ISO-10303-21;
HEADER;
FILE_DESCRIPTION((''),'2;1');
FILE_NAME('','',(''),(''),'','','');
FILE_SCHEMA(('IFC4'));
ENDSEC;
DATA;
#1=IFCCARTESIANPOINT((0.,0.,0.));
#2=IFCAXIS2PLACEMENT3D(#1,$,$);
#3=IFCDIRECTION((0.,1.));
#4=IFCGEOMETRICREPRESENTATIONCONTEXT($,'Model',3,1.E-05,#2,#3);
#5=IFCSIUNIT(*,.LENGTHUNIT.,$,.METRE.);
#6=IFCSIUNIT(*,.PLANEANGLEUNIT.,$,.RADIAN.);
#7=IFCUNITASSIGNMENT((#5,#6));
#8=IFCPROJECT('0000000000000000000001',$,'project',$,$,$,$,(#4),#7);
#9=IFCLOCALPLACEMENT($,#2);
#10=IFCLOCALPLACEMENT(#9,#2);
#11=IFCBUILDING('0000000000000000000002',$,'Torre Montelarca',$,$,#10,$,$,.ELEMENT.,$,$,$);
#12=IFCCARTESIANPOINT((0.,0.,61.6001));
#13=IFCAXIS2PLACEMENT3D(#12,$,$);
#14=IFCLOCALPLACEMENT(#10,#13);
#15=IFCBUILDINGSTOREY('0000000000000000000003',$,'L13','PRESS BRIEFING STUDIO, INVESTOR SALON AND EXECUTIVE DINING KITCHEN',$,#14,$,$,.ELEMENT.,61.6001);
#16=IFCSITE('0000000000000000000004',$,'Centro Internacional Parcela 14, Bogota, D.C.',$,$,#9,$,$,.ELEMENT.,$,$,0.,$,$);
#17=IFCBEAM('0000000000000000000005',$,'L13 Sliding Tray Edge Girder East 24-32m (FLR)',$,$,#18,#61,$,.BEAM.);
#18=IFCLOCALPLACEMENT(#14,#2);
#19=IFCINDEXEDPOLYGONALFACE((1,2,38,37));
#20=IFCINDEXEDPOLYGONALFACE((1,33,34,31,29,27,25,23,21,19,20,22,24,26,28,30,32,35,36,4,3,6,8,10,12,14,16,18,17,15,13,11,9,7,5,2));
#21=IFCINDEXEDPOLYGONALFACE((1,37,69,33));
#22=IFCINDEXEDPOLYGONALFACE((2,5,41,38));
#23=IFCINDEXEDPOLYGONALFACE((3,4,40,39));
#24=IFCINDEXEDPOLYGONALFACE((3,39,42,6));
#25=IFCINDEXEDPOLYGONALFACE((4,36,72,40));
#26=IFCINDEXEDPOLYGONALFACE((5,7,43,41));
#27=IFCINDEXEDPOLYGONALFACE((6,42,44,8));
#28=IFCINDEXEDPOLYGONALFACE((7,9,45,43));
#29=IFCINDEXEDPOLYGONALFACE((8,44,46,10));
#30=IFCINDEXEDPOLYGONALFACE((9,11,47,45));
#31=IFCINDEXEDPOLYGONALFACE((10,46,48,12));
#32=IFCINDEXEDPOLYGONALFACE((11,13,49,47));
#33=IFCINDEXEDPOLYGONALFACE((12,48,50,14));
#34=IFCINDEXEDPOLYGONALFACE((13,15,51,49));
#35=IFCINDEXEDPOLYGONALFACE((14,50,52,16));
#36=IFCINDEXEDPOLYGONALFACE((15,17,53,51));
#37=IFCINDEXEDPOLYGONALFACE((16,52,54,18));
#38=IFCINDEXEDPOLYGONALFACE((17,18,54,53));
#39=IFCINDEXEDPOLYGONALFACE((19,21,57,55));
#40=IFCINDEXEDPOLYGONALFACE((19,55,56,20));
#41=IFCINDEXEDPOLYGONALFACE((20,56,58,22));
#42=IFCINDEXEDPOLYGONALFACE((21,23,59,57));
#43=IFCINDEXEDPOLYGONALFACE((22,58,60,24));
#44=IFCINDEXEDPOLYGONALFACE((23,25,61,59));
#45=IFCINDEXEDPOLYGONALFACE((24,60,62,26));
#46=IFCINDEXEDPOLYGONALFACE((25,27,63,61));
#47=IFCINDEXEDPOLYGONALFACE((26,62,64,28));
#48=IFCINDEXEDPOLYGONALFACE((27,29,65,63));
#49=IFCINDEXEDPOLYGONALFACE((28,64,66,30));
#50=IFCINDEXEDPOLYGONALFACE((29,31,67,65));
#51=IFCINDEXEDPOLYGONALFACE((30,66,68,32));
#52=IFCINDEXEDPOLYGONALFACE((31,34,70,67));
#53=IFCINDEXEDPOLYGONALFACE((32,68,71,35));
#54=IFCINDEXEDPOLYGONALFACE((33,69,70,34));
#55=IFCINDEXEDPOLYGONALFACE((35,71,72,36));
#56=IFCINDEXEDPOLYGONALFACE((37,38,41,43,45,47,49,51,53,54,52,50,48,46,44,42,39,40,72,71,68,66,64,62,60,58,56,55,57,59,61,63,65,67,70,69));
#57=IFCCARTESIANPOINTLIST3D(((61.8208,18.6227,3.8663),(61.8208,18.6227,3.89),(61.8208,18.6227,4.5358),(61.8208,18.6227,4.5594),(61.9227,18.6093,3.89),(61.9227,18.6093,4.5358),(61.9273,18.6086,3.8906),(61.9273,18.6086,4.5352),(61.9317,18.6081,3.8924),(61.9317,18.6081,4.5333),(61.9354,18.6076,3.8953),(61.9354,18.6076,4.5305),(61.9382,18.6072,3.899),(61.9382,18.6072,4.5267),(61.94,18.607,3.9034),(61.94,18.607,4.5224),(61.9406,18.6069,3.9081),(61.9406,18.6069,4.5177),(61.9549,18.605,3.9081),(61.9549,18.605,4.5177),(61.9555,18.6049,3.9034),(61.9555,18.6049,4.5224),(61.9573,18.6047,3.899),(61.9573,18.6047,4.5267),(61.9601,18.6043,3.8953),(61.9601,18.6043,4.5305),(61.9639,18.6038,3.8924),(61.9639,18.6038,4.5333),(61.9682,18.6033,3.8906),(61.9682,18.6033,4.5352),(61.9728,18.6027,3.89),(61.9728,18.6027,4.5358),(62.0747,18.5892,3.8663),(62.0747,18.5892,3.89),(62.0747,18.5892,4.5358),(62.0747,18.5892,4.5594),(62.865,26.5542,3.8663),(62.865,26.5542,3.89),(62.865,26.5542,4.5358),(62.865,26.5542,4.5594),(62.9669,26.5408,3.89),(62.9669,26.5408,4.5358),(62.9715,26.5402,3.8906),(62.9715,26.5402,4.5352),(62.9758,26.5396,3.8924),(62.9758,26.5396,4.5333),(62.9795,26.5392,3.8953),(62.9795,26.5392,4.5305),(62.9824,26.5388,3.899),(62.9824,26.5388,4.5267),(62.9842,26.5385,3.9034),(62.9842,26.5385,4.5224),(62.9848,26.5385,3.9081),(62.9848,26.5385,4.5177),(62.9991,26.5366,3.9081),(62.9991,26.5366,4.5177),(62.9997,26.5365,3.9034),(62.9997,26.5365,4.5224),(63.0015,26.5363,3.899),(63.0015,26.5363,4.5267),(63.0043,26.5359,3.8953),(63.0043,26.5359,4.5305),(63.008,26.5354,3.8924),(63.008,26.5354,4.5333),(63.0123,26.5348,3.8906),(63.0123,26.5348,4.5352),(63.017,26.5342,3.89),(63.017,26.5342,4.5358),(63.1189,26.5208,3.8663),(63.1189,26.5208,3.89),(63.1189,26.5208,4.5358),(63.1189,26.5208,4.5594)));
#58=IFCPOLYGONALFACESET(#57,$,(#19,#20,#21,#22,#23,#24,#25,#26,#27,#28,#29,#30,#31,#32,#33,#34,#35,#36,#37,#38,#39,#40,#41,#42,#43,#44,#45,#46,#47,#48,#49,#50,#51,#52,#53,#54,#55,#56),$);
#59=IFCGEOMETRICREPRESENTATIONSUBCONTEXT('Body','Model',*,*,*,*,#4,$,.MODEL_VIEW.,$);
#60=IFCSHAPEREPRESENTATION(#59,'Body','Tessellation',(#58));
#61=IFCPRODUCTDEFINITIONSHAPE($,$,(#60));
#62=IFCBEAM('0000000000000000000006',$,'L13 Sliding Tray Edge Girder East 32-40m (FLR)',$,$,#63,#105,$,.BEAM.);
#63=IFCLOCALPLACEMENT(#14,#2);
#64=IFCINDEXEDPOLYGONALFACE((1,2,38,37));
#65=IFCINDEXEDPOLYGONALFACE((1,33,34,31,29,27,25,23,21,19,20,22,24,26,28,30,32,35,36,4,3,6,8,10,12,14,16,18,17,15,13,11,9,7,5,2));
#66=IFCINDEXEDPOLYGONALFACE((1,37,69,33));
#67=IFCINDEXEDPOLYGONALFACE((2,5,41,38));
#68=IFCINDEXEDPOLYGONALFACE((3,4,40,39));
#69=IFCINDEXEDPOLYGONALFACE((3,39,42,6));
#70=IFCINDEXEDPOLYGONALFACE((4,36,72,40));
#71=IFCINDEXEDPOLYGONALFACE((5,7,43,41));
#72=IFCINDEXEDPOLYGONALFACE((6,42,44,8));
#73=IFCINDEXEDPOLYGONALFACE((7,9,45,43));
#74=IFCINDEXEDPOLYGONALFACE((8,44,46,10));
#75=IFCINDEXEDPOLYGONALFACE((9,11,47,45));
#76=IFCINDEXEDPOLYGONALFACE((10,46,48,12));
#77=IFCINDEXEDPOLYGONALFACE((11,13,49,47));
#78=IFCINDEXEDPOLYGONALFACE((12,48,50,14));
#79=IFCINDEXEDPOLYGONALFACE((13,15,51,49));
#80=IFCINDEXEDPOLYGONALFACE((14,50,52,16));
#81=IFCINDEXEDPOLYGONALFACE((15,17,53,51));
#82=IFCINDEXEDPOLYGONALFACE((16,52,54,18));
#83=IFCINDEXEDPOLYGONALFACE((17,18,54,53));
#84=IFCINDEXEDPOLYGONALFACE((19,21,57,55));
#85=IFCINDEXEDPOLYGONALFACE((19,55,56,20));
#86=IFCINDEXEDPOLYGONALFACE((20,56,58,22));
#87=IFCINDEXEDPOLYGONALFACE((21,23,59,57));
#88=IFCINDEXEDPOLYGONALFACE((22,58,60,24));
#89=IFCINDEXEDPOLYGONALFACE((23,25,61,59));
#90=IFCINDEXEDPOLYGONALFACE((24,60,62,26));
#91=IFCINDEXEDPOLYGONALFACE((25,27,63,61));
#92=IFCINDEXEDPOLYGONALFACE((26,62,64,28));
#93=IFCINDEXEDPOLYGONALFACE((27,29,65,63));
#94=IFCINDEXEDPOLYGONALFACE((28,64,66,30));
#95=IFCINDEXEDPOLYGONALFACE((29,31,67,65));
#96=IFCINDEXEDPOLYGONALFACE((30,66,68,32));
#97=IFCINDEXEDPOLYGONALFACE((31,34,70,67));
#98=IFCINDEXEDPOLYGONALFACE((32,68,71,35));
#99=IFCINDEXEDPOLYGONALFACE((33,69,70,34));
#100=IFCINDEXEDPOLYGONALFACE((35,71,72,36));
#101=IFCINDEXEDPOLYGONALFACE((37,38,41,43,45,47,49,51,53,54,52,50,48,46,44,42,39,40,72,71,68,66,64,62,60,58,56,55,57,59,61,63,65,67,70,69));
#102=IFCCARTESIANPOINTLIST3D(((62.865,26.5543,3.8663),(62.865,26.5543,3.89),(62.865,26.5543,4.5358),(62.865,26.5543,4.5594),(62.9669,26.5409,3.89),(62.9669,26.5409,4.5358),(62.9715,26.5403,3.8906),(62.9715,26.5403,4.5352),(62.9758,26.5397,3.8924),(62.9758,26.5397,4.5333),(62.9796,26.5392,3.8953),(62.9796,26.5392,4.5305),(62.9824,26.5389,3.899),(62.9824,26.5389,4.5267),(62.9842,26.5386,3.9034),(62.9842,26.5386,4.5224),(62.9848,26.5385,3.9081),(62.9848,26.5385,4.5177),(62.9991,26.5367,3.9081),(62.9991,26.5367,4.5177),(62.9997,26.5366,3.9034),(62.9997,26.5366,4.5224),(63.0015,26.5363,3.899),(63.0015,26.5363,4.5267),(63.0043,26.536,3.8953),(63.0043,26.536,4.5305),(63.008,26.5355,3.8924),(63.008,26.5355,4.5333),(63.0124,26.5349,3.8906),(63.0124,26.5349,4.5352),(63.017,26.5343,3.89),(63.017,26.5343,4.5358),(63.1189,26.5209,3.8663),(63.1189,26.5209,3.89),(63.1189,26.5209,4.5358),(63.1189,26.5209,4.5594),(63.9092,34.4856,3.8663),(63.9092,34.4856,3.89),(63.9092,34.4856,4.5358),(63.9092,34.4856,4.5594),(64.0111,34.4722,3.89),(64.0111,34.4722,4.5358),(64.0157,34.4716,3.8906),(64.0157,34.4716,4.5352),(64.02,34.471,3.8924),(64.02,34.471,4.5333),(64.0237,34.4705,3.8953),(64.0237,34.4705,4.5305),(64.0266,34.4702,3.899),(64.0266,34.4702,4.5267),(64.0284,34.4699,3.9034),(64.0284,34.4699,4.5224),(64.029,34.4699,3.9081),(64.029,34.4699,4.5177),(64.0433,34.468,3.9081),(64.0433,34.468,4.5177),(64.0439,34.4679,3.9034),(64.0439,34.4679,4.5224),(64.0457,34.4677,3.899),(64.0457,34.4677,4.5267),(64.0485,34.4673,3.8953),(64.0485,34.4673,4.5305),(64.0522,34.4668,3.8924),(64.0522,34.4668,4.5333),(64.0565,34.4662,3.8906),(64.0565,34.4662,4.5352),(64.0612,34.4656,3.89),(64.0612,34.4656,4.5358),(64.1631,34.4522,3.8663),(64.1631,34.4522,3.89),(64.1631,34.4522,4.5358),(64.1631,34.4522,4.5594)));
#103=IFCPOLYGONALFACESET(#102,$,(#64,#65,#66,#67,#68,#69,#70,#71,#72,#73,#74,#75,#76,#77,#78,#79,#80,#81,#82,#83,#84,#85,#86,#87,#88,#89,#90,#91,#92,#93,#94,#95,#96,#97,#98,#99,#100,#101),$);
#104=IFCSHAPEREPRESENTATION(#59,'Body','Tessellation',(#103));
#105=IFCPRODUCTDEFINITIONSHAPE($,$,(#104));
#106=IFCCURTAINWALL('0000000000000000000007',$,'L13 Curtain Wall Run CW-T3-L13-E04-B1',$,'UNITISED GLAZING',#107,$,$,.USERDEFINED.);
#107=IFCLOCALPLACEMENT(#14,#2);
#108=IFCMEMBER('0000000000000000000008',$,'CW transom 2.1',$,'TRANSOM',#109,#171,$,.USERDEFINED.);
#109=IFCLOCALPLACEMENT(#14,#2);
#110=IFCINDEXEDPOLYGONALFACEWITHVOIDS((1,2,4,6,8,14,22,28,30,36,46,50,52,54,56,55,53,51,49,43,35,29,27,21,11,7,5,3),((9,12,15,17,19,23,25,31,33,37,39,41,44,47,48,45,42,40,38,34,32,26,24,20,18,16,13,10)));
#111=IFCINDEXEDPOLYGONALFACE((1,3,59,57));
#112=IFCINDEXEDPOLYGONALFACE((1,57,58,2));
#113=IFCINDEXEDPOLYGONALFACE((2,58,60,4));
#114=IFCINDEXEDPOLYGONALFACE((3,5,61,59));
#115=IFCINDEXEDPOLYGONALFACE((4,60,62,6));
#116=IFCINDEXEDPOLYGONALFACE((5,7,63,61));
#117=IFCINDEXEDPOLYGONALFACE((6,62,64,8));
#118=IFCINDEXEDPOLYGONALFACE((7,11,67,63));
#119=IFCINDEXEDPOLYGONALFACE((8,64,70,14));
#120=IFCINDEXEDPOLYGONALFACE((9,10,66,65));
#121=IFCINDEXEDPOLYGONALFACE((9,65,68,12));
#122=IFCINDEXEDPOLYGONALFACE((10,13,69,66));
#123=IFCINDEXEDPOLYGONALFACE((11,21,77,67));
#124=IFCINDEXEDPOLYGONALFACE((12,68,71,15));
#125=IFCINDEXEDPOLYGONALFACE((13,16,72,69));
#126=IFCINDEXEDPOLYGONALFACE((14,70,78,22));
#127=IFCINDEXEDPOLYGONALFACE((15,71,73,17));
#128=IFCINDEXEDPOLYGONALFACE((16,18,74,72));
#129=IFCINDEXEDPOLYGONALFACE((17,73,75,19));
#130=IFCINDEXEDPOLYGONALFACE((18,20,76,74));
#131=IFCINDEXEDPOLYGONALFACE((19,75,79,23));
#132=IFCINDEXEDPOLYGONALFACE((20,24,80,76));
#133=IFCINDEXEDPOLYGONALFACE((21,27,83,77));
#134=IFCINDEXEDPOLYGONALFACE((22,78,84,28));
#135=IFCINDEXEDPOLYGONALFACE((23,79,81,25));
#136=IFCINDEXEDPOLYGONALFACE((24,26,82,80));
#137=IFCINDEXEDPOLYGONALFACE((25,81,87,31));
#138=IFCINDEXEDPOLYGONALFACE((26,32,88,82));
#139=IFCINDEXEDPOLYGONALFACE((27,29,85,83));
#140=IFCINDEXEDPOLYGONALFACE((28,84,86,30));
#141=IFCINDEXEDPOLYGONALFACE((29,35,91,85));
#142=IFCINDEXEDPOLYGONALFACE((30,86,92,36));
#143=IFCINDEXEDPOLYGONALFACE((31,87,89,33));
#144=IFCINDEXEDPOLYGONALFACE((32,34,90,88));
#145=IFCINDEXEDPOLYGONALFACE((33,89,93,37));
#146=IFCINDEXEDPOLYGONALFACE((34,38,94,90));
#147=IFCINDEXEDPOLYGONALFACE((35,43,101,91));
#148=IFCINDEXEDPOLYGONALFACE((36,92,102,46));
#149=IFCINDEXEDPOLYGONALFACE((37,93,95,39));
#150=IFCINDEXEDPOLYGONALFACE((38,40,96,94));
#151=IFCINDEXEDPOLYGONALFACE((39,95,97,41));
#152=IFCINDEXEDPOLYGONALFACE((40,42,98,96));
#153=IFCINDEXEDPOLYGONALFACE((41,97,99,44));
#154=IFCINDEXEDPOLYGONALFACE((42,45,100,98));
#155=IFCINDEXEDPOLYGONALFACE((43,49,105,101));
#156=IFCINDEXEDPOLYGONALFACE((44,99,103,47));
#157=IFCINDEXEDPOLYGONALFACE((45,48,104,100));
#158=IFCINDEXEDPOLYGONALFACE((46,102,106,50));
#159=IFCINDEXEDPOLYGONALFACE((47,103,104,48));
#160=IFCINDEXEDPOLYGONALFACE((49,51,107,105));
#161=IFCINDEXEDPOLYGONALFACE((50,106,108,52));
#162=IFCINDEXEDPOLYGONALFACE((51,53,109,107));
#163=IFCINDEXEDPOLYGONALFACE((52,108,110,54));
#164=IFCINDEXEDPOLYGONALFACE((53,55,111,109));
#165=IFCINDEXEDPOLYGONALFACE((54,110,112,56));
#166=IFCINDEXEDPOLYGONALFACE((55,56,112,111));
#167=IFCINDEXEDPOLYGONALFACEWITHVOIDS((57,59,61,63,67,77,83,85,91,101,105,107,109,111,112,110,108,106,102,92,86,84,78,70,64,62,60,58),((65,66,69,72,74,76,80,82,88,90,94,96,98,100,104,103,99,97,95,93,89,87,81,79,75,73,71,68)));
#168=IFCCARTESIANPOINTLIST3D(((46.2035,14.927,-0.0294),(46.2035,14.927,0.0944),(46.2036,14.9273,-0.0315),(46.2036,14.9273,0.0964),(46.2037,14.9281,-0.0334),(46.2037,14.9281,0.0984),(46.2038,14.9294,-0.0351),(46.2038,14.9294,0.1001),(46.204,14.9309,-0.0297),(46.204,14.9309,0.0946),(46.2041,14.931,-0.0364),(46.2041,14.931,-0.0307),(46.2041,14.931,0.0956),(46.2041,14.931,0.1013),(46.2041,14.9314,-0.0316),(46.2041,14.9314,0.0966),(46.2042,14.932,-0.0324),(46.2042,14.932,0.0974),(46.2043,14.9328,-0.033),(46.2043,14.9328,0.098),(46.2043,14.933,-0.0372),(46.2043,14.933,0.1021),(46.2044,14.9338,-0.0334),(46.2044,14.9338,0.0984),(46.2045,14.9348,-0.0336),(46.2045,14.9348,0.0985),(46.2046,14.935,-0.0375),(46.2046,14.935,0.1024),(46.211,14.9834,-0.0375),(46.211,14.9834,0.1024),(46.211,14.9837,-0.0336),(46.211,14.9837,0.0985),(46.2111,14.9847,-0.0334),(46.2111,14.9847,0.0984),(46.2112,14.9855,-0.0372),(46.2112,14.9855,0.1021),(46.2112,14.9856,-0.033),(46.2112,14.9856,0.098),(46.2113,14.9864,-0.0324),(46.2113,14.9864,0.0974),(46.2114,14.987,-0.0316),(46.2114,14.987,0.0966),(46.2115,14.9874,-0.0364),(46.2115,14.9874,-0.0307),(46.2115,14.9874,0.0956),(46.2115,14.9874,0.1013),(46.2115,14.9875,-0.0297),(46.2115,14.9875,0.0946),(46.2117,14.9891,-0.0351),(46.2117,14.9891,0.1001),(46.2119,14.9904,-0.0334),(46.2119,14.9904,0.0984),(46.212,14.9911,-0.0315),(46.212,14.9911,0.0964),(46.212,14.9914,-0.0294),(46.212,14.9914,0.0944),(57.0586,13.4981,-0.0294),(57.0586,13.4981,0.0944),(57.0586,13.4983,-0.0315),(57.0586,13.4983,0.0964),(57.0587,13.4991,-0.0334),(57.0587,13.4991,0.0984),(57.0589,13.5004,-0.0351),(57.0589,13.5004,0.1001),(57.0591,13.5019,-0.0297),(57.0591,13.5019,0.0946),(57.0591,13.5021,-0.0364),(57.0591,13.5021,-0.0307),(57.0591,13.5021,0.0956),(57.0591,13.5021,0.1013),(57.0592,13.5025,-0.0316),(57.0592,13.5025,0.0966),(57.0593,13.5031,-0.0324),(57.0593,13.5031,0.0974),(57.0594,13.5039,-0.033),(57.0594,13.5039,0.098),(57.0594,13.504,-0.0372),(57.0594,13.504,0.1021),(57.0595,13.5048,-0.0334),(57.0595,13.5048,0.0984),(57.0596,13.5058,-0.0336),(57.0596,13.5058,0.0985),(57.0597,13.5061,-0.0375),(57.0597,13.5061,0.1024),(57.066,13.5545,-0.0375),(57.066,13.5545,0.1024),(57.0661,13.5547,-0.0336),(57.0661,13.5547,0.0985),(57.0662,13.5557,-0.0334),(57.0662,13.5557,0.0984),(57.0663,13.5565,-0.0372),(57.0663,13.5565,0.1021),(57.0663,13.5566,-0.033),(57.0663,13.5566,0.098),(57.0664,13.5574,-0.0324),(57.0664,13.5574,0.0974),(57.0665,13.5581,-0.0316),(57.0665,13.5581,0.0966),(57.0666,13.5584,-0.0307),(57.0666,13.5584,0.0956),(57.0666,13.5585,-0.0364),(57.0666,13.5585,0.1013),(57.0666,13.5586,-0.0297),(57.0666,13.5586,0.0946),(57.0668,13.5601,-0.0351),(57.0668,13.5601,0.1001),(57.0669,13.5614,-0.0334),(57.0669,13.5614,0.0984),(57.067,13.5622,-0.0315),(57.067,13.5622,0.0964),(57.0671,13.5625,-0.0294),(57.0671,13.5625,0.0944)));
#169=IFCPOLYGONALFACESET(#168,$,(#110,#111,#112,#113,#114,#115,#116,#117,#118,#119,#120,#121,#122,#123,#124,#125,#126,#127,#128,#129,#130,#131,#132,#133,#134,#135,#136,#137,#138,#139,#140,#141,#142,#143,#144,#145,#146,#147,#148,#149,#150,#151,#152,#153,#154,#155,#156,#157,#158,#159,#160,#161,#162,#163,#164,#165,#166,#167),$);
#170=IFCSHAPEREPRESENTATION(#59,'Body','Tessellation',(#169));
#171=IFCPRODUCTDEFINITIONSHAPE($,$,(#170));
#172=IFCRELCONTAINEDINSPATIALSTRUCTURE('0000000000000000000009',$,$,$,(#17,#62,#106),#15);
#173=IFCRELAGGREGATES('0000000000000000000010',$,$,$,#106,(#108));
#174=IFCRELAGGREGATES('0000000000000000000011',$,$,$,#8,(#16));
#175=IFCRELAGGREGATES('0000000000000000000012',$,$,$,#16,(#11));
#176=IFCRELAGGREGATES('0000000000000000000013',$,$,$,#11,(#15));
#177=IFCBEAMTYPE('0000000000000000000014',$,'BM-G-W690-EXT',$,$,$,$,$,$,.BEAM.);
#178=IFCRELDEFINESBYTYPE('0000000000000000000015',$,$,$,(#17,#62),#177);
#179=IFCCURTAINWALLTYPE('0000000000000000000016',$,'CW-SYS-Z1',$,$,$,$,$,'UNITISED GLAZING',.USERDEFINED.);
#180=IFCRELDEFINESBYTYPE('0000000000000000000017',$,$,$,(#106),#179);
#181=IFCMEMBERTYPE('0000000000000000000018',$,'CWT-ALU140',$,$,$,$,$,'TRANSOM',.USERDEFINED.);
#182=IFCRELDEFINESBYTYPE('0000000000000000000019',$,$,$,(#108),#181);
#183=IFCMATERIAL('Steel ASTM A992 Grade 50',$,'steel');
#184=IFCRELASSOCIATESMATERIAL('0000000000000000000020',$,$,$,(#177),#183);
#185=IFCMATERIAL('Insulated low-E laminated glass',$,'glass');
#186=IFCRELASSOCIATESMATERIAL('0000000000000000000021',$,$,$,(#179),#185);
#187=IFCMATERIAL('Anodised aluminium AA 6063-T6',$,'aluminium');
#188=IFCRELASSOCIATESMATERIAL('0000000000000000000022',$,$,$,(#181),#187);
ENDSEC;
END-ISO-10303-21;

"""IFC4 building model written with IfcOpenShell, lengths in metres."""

from ifc_helpers import new_model, si_unit, direction, frame, origin, origin_2d, place, context, subcontext, project, spatial, hollow_rectangle, i_section, extrude, source, transform, mapped, material, material_profile, profile_set, type_object, element, aggregate, save


model = new_model("IFC4")

# Units and contexts
model_context = context("Model", 3, precision=1e-05, world=origin(), true_north=direction((0.0, 1.0)))
body_context = subcontext(model_context, "Body", "Model", "MODEL_VIEW")
ifc_project = project(units=[si_unit("LENGTHUNIT", "METRE"), si_unit("PLANEANGLEUNIT", "RADIAN")], contexts=[model_context])

# Site, building, storey
site_placement = place(None, origin())
site = spatial("IfcSite", under=ifc_project, at=site_placement, Name="Centro Internacional Parcela 14, Bogota, D.C.", CompositionType="ELEMENT", RefElevation=0.0)
building_placement = place(site_placement, origin())
building = spatial("IfcBuilding", under=site, at=building_placement, Name="Torre Montelarca", CompositionType="ELEMENT")
storey_placement = place(building_placement, frame((0.0, 0.0, 61.6001)))
storey = spatial("IfcBuildingStorey", under=building, at=storey_placement, Name="L13", Description="PRESS BRIEFING STUDIO, INVESTOR SALON AND EXECUTIVE DINING KITCHEN", CompositionType="ELEMENT", Elevation=61.6001)

# Beams
ifc_material_1 = material(Name="Steel ASTM A992 Grade 50", Category="steel")
ifc_material_profile_1 = material_profile(ifc_material_1, i_section(OverallWidth=0.2561, OverallDepth=0.6931, WebThickness=0.0144, FlangeThickness=0.0237, FilletRadius=0.0181, at=origin_2d()), Name="W690X170", Category="steel")
ifc_profile_set_1 = profile_set([ifc_material_profile_1], Name="Steel ASTM A992 Grade 50")
beam_type_1 = type_object("IfcBeamType", Name="BM-G-W690-EXT", PredefinedType="BEAM", material=ifc_profile_set_1)
shared_shape_1 = source(origin(), body_context, "Body", "SweptSolid", [
    extrude(i_section(OverallWidth=0.2561, OverallDepth=0.6931, WebThickness=0.0144, FlangeThickness=0.0237, FilletRadius=0.0181, at=origin_2d()), origin(), (0.0, 0.0, 1.0), 8.0),
])
beam_1_placement = place(storey_placement, frame((61.9478, 18.606, 4.2129), z_axis=(0.130522, 0.991445, 0.0), x_axis=(-0.991445, 0.130522, 0.0)))
element("IfcBeam", 1, at=beam_1_placement, inside=storey, type_object=beam_type_1, Name="L13 Sliding Tray Edge Girder East 24-32m (FLR)", PredefinedType="BEAM", context=body_context, shape_type="MappedRepresentation", body=[
    mapped(shared_shape_1, transform((0.0, 0.0, 0.0), scale=1.0)),
])
shared_shape_2 = source(origin(), body_context, "Body", "SweptSolid", [
    extrude(i_section(OverallWidth=0.2561, OverallDepth=0.6931, WebThickness=0.0144, FlangeThickness=0.0237, FilletRadius=0.0181, at=origin_2d()), origin(), (0.0, 0.0, 1.0), 7.9998),
])
beam_2_placement = place(storey_placement, frame((62.9919, 26.5376, 4.2129), z_axis=(0.130526, 0.991445, 0.0), x_axis=(-0.991445, 0.130526, 0.0)))
element("IfcBeam", 2, at=beam_2_placement, inside=storey, type_object=beam_type_1, Name="L13 Sliding Tray Edge Girder East 32-40m (FLR)", PredefinedType="BEAM", context=body_context, shape_type="MappedRepresentation", body=[
    mapped(shared_shape_2, transform((0.0, 0.0, 0.0), scale=1.0)),
])

# Curtain wall, member
ifc_material_2 = material(Name="Insulated low-E laminated glass", Category="glass")
curtain_wall_type = type_object("IfcCurtainWallType", Name="CW-SYS-Z1", ElementType="UNITISED GLAZING", PredefinedType="USERDEFINED", material=ifc_material_2)
curtain_wall_1_placement = place(storey_placement, origin())
curtain_wall_1 = element("IfcCurtainWall", 3, at=curtain_wall_1_placement, inside=storey, type_object=curtain_wall_type, Name="L13 Curtain Wall Run CW-T3-L13-E04-B1", ObjectType="UNITISED GLAZING", PredefinedType="USERDEFINED")
ifc_material_3 = material(Name="Anodised aluminium AA 6063-T6", Category="aluminium")
ifc_material_profile_2 = material_profile(ifc_material_3, hollow_rectangle(XDim=0.0649, YDim=0.1399, WallThickness=0.0039, InnerFilletRadius=0.0039, OuterFilletRadius=0.0081, at=origin_2d()), Name="ALU65X140X4", Category="aluminium")
ifc_profile_set_2 = profile_set([ifc_material_profile_2], Name="Anodised aluminium AA 6063-T6")
member_type_1 = type_object("IfcMemberType", Name="CWT-ALU140", ElementType="TRANSOM", PredefinedType="USERDEFINED", material=ifc_profile_set_2)
shared_shape_3 = source(origin(), body_context, "Body", "SweptSolid", [
    extrude(hollow_rectangle(XDim=0.0649, YDim=0.1399, WallThickness=0.0039, InnerFilletRadius=0.0039, OuterFilletRadius=0.0081, at=origin_2d()), origin(), (0.0, 0.0, 1.0), 10.9487),
])
member_1_placement = place(storey_placement, frame((46.2078, 14.9592, 0.0325), z_axis=(0.991446, -0.130515, 0.0), x_axis=(0.130515, 0.991446, 0.0)))
member_1 = element("IfcMember", 4, at=member_1_placement, type_object=member_type_1, Name="CW transom 2.1", ObjectType="TRANSOM", PredefinedType="USERDEFINED", context=body_context, shape_type="MappedRepresentation", body=[
    mapped(shared_shape_3, transform((0.0, 0.0, 0.0), scale=1.0)),
])

aggregate(curtain_wall_1, [member_1])

save(model, "model.ifc")
